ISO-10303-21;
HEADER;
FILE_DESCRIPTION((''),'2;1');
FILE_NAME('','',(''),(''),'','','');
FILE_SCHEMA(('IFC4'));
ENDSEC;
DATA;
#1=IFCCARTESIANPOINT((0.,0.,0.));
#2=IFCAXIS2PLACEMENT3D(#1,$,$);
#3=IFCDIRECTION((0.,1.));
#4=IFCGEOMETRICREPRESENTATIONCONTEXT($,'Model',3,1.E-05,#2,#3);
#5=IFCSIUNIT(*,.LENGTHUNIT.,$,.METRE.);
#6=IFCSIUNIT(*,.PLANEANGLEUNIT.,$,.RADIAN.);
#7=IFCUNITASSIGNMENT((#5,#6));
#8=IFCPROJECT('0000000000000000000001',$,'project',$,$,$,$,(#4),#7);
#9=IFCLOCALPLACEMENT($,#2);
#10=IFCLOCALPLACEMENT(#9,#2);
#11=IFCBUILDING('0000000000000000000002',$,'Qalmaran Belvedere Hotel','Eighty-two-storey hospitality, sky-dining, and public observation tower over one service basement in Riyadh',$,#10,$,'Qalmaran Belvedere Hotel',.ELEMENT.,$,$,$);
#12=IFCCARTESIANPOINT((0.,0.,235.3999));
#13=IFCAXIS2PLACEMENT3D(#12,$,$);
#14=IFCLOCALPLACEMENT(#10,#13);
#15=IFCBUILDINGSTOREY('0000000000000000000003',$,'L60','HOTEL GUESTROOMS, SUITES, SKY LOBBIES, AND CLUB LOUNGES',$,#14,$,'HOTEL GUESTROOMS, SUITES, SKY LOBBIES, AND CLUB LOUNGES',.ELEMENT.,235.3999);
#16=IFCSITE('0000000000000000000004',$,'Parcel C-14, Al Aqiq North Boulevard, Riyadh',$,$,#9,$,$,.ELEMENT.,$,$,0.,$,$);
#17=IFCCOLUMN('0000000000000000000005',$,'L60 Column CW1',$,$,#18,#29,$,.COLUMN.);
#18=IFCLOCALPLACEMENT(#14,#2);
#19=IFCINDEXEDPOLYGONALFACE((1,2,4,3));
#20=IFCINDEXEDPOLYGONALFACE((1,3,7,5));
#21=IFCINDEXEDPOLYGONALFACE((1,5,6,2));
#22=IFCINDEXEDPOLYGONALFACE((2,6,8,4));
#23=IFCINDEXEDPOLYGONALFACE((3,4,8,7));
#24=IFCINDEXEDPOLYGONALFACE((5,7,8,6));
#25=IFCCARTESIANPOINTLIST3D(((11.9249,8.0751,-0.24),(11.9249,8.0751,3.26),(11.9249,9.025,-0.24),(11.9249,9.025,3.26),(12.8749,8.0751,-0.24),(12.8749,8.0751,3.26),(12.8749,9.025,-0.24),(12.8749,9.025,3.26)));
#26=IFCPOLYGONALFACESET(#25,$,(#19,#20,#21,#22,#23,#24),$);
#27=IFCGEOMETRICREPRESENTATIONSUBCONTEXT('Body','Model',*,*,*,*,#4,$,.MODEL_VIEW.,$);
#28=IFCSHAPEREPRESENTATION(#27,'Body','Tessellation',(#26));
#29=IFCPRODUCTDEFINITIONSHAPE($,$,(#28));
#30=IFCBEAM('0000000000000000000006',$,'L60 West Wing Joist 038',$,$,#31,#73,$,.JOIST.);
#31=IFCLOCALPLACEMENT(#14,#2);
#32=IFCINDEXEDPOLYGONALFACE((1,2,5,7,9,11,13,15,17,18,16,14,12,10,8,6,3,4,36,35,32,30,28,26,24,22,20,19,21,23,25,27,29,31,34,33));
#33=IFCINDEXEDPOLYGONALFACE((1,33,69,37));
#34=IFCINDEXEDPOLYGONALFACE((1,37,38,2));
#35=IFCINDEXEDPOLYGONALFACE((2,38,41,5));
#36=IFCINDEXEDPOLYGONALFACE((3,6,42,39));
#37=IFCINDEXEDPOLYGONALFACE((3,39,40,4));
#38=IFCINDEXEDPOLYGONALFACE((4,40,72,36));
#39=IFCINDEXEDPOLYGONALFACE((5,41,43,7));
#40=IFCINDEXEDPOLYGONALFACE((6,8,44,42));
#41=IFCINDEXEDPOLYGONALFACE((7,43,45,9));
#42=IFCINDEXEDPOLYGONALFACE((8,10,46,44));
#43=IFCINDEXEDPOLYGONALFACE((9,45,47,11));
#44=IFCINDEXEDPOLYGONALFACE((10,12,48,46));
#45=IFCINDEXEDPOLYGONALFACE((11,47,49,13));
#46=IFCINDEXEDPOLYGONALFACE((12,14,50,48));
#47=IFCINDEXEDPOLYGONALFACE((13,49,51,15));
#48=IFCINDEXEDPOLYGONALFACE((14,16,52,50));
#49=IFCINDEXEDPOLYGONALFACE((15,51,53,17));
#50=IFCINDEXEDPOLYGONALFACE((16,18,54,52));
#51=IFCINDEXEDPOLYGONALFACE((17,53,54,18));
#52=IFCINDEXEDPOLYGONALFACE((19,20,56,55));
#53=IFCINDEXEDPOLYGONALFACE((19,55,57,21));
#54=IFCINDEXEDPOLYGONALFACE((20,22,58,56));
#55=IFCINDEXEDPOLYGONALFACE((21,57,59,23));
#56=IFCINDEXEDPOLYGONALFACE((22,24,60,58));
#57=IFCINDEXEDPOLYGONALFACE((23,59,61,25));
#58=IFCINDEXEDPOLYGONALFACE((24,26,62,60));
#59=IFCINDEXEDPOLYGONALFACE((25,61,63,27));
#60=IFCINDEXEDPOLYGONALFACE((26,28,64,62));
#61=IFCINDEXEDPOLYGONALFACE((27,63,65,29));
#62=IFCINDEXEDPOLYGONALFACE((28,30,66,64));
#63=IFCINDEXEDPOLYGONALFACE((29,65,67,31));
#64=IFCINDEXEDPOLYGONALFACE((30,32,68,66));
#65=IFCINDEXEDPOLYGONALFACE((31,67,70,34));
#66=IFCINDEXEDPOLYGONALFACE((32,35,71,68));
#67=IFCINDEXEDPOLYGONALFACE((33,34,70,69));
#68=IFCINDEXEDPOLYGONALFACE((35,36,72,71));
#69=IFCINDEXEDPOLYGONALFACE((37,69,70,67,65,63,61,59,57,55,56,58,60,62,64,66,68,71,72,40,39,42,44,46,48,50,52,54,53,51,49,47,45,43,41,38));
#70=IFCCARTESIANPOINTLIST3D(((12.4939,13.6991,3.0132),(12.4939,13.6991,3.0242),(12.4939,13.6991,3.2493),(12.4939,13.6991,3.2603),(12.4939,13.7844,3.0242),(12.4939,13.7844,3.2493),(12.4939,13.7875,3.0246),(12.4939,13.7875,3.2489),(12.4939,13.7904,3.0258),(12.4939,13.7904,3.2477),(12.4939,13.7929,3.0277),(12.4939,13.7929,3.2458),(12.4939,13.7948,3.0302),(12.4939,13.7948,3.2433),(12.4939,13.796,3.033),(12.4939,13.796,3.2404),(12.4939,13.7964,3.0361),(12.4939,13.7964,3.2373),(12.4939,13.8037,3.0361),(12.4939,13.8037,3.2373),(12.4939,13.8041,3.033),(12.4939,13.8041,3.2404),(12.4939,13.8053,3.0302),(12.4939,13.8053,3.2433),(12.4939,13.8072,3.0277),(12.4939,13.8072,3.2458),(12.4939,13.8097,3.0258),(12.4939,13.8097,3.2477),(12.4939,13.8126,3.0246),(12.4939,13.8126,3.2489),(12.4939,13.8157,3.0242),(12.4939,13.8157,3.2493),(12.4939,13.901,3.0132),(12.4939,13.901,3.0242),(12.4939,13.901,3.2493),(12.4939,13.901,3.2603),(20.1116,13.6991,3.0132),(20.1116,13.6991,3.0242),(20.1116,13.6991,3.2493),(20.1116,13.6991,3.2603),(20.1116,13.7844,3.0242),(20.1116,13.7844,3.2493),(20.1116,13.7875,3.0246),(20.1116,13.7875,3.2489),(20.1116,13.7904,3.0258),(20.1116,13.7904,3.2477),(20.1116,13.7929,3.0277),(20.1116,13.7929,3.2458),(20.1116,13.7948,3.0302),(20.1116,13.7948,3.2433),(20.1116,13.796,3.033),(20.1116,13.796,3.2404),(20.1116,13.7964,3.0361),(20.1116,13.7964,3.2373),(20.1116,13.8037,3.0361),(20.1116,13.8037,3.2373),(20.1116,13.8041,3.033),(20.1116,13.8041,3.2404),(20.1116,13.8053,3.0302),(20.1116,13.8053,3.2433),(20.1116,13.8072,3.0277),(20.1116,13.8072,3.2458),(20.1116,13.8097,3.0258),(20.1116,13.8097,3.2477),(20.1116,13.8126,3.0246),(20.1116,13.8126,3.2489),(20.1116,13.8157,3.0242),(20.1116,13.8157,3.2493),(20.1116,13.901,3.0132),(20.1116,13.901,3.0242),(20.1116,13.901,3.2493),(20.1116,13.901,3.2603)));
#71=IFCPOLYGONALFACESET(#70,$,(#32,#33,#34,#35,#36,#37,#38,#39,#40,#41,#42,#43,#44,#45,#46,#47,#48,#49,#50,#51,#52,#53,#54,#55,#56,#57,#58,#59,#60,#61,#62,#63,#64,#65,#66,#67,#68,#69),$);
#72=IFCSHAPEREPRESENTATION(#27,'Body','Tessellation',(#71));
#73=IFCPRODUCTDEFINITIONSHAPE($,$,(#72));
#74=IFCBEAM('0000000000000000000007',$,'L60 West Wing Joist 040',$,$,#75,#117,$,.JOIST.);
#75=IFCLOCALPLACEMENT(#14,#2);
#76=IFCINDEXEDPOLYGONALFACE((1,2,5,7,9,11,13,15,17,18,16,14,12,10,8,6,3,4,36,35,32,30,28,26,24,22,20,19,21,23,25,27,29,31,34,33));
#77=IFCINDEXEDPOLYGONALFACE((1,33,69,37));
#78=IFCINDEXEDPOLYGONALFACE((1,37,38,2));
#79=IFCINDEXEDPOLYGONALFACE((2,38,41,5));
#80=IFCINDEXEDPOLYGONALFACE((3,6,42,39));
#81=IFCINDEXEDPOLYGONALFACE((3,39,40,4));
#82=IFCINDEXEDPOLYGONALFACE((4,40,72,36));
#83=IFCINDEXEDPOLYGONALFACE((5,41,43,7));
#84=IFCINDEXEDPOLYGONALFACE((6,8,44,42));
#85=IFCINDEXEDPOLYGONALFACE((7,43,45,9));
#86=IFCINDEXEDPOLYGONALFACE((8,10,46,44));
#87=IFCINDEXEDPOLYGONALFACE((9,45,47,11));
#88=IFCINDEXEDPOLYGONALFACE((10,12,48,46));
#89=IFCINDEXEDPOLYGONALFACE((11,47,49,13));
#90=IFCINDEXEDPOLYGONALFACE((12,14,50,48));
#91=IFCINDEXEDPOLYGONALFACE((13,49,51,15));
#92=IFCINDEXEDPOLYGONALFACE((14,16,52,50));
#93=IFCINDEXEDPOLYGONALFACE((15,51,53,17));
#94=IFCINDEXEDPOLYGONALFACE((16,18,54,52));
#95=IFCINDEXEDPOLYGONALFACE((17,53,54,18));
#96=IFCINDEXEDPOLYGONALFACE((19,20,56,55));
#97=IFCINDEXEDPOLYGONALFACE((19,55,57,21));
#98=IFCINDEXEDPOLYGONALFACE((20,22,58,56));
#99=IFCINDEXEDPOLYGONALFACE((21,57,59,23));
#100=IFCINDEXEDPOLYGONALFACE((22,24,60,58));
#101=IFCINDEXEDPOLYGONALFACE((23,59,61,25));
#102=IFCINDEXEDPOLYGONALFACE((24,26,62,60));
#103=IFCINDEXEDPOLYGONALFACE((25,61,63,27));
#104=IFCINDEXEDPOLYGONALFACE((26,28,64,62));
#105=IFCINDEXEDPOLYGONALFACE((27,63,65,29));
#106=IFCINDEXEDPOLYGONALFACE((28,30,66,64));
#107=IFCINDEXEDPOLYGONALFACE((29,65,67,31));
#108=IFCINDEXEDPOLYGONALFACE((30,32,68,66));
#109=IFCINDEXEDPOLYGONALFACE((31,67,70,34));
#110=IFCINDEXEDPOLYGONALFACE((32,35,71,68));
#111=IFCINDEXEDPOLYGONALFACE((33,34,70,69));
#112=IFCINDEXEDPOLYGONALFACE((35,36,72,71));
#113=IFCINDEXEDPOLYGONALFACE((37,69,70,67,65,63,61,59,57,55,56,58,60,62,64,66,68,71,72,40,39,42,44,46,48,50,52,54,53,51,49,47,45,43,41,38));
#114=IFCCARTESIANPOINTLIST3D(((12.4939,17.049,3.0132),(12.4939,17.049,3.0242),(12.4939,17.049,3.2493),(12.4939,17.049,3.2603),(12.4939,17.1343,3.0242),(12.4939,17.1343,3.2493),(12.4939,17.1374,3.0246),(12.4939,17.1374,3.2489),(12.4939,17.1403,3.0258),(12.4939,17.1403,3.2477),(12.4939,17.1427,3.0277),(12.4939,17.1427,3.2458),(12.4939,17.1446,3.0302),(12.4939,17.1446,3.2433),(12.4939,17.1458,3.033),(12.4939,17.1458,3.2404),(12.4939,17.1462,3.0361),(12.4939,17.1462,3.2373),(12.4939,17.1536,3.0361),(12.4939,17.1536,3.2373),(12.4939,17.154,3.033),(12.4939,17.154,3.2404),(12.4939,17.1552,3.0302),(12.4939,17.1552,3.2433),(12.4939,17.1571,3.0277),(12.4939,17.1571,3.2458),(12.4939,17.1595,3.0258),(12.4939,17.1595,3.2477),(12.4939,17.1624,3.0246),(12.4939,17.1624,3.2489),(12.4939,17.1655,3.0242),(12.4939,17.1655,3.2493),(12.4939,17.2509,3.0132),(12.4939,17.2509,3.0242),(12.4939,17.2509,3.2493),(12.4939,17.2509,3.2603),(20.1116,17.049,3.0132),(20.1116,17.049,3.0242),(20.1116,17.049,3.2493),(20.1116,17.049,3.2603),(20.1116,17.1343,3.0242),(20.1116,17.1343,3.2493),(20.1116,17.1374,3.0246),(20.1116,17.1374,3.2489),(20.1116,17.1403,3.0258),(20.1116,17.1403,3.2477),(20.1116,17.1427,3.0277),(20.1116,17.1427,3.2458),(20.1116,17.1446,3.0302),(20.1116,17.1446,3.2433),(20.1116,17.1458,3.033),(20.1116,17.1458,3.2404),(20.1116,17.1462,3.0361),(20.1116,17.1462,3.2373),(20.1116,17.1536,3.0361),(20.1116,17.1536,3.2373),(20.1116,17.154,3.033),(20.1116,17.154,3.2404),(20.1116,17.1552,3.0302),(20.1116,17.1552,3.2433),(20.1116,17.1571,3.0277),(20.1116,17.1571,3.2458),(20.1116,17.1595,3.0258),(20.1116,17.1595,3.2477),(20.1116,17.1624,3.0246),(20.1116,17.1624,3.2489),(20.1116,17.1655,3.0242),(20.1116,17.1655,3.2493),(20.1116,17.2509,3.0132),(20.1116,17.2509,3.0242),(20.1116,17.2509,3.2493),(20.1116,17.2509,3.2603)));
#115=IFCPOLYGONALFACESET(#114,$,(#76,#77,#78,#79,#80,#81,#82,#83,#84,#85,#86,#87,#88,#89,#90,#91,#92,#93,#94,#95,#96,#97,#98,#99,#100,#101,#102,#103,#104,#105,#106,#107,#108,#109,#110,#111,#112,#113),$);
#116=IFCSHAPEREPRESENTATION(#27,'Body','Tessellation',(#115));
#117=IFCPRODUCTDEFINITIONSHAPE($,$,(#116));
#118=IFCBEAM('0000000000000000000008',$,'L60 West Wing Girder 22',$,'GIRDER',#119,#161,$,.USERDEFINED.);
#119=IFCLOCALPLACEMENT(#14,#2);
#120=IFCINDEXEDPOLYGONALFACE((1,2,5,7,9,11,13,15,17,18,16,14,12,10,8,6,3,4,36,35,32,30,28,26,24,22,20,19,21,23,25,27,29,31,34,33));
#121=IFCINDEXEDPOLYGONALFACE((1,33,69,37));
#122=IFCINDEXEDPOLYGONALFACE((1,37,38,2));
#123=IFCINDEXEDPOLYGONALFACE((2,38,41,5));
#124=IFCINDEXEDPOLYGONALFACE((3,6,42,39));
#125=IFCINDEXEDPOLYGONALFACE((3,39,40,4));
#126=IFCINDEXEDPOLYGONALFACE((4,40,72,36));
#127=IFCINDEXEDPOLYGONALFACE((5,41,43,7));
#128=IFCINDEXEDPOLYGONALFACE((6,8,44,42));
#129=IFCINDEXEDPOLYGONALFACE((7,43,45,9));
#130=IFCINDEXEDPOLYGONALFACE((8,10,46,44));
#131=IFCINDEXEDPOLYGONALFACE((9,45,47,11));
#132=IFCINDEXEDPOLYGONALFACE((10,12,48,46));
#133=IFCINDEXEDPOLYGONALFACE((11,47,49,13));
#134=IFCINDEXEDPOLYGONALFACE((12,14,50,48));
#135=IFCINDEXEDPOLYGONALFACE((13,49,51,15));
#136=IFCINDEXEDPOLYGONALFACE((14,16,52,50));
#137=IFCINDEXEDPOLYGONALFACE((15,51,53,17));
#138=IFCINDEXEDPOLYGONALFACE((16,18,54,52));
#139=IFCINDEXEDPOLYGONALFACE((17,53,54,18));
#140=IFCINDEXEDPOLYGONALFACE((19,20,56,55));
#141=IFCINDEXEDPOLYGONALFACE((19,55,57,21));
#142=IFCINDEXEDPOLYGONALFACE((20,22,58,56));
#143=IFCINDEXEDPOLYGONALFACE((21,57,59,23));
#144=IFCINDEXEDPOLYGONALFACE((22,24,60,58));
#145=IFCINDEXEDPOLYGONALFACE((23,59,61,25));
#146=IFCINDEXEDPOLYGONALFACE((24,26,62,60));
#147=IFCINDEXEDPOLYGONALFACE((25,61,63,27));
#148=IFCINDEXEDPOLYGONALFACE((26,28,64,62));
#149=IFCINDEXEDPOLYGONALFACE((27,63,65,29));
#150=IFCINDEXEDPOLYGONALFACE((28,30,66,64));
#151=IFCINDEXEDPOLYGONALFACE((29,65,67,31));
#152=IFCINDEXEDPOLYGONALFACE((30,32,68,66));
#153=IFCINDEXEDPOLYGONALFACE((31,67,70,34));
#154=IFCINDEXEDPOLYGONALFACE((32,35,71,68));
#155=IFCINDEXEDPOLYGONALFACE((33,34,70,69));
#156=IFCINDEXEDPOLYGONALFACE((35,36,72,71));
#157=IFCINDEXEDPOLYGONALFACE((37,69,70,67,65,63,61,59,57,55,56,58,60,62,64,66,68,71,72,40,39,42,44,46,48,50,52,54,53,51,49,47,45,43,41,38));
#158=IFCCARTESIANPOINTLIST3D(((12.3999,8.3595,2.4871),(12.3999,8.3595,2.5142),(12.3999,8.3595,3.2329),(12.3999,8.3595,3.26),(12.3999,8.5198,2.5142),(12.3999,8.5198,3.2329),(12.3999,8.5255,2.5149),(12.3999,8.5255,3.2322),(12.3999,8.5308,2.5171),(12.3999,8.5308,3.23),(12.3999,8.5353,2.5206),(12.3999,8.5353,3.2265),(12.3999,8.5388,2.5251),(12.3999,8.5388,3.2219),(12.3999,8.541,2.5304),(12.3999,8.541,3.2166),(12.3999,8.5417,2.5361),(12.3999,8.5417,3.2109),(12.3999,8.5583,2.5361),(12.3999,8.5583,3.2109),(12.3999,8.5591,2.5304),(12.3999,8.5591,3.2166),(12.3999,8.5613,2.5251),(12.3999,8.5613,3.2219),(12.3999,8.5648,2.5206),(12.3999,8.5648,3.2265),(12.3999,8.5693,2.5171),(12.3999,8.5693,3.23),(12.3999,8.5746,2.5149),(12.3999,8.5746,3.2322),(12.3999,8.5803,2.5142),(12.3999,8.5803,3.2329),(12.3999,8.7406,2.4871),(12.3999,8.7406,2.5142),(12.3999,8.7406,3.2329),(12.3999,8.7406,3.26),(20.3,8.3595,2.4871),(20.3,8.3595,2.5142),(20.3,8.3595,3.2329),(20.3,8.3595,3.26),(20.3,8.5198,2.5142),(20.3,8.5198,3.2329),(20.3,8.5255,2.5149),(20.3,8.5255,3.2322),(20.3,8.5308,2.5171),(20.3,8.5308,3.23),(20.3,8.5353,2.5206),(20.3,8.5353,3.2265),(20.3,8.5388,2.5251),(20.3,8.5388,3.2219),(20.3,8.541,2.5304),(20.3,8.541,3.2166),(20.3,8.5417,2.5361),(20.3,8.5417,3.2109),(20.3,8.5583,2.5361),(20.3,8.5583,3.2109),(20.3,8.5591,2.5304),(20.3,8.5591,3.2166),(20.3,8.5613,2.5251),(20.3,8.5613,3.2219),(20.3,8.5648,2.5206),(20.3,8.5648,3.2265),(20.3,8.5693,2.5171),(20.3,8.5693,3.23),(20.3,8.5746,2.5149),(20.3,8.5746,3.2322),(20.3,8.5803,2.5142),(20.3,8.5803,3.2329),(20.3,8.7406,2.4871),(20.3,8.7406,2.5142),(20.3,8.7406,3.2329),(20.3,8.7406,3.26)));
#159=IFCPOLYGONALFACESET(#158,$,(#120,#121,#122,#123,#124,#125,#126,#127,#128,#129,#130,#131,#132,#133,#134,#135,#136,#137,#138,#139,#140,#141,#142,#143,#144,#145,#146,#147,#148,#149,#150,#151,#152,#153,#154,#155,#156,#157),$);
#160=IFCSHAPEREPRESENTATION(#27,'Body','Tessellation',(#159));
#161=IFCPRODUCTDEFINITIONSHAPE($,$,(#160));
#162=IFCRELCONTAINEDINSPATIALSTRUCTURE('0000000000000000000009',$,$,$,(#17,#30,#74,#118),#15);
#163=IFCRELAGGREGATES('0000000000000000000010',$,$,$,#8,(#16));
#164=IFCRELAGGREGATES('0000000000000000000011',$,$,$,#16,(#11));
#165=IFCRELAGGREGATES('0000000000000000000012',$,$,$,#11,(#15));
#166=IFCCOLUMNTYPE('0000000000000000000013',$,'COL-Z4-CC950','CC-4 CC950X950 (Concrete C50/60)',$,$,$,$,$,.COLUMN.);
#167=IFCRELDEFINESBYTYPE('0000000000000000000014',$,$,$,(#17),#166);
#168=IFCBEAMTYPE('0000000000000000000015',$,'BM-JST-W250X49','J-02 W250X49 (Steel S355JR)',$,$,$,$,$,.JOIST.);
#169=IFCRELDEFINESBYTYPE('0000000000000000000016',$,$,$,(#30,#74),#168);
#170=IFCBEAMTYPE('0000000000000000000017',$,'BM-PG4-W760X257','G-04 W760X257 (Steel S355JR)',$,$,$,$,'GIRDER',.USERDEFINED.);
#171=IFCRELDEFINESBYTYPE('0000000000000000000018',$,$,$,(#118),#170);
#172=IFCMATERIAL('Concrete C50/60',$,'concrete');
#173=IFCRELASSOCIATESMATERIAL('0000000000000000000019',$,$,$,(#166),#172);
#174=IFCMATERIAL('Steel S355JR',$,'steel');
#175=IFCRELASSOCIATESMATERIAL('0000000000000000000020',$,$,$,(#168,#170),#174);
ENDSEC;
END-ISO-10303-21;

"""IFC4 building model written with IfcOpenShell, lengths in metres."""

from ifc_helpers import new_model, si_unit, direction, frame, origin, origin_2d, place, context, subcontext, project, spatial, rectangle, i_section, extrude, material, material_profile, profile_set, type_object, element, save


model = new_model("IFC4")

# Units and contexts
model_context = context("Model", 3, precision=1e-05, world=origin(), true_north=direction((0.0, 1.0)))
body_context = subcontext(model_context, "Body", "Model", "MODEL_VIEW")
ifc_project = project(units=[si_unit("LENGTHUNIT", "METRE"), si_unit("PLANEANGLEUNIT", "RADIAN")], contexts=[model_context])

# Site, building, storey
site_placement = place(None, origin())
site = spatial("IfcSite", under=ifc_project, at=site_placement, Name="Parcel C-14, Al Aqiq North Boulevard, Riyadh", CompositionType="ELEMENT", RefElevation=0.0)
building_placement = place(site_placement, origin())
building = spatial("IfcBuilding", under=site, at=building_placement, Name="Qalmaran Belvedere Hotel", Description="Eighty-two-storey hospitality, sky-dining, and public observation tower over one service basement in Riyadh", LongName="Qalmaran Belvedere Hotel", CompositionType="ELEMENT")
storey_placement = place(building_placement, frame((0.0, 0.0, 235.3999)))
storey = spatial("IfcBuildingStorey", under=building, at=storey_placement, Name="L60", Description="HOTEL GUESTROOMS, SUITES, SKY LOBBIES, AND CLUB LOUNGES", LongName="HOTEL GUESTROOMS, SUITES, SKY LOBBIES, AND CLUB LOUNGES", CompositionType="ELEMENT", Elevation=235.3999)

# Column
ifc_material_1 = material(Name="Concrete C50/60", Category="concrete")
ifc_material_profile_1 = material_profile(ifc_material_1, rectangle(XDim=0.95, YDim=0.95, at=origin_2d()), Name="CC950X950")
ifc_profile_set_1 = profile_set([ifc_material_profile_1], Name="Concrete C50/60")
column_type = type_object("IfcColumnType", Name="COL-Z4-CC950", Description="CC-4 CC950X950 (Concrete C50/60)", PredefinedType="COLUMN", material=ifc_profile_set_1)
column_placement = place(storey_placement, frame((12.3999, 8.55, -0.24), z_axis=(0.0, 0.0, 1.0), x_axis=(1.0, 0.0, 0.0)))
element("IfcColumn", 1, at=column_placement, inside=storey, type_object=column_type, Name="L60 Column CW1", PredefinedType="COLUMN", context=body_context, shape_type="SweptSolid", body=[
    extrude(rectangle(XDim=0.95, YDim=0.95, at=origin_2d()), origin(), (0.0, 0.0, 1.0), 3.5),
])

# Beams
ifc_material_2 = material(Name="Steel S355JR", Category="steel")
ifc_material_profile_2 = material_profile(ifc_material_2, i_section(OverallWidth=0.2019, OverallDepth=0.2471, WebThickness=0.0073, FlangeThickness=0.011, FilletRadius=0.012, at=origin_2d()), Name="W250X49")
ifc_profile_set_2 = profile_set([ifc_material_profile_2], Name="Steel S355JR")
beam_type_1 = type_object("IfcBeamType", Name="BM-JST-W250X49", Description="J-02 W250X49 (Steel S355JR)", PredefinedType="JOIST", material=ifc_profile_set_2)
for number, where, z_axis, x_axis, name in (
    (2, (12.4939, 13.8, 3.1367), (1.0, 0.0, 0.0), (0.0, 1.0, 0.0), "L60 West Wing Joist 038"),
    (3, (12.4939, 17.1499, 3.1367), (1.0, 0.0, 0.0), (0.0, 1.0, 0.0), "L60 West Wing Joist 040"),
):
    element("IfcBeam", number, at=place(storey_placement, frame(where, z_axis=z_axis, x_axis=x_axis)), inside=storey, type_object=beam_type_1, Name=name, PredefinedType="JOIST", context=body_context, shape_type="SweptSolid", body=[
        extrude(i_section(OverallWidth=0.2019, OverallDepth=0.2471, WebThickness=0.0073, FlangeThickness=0.011, FilletRadius=0.012, at=origin_2d()), origin(), (0.0, 0.0, 1.0), 7.6177),
    ])
ifc_material_profile_3 = material_profile(ifc_material_2, i_section(OverallWidth=0.3811, OverallDepth=0.7729, WebThickness=0.0166, FlangeThickness=0.0271, FilletRadius=0.022, at=origin_2d()), Name="W760X257")
ifc_profile_set_3 = profile_set([ifc_material_profile_3], Name="Steel S355JR")
beam_type_2 = type_object("IfcBeamType", Name="BM-PG4-W760X257", Description="G-04 W760X257 (Steel S355JR)", ElementType="GIRDER", PredefinedType="USERDEFINED", material=ifc_profile_set_3)
beam_1_placement = place(storey_placement, frame((12.3999, 8.55, 2.8735), z_axis=(1.0, 0.0, 0.0), x_axis=(0.0, 1.0, 0.0)))
element("IfcBeam", 4, at=beam_1_placement, inside=storey, type_object=beam_type_2, Name="L60 West Wing Girder 22", ObjectType="GIRDER", PredefinedType="USERDEFINED", context=body_context, shape_type="SweptSolid", body=[
    extrude(i_section(OverallWidth=0.3811, OverallDepth=0.7729, WebThickness=0.0166, FlangeThickness=0.0271, FilletRadius=0.022, at=origin_2d()), origin(), (0.0, 0.0, 1.0), 7.9001),
])

save(model, "model.ifc")
